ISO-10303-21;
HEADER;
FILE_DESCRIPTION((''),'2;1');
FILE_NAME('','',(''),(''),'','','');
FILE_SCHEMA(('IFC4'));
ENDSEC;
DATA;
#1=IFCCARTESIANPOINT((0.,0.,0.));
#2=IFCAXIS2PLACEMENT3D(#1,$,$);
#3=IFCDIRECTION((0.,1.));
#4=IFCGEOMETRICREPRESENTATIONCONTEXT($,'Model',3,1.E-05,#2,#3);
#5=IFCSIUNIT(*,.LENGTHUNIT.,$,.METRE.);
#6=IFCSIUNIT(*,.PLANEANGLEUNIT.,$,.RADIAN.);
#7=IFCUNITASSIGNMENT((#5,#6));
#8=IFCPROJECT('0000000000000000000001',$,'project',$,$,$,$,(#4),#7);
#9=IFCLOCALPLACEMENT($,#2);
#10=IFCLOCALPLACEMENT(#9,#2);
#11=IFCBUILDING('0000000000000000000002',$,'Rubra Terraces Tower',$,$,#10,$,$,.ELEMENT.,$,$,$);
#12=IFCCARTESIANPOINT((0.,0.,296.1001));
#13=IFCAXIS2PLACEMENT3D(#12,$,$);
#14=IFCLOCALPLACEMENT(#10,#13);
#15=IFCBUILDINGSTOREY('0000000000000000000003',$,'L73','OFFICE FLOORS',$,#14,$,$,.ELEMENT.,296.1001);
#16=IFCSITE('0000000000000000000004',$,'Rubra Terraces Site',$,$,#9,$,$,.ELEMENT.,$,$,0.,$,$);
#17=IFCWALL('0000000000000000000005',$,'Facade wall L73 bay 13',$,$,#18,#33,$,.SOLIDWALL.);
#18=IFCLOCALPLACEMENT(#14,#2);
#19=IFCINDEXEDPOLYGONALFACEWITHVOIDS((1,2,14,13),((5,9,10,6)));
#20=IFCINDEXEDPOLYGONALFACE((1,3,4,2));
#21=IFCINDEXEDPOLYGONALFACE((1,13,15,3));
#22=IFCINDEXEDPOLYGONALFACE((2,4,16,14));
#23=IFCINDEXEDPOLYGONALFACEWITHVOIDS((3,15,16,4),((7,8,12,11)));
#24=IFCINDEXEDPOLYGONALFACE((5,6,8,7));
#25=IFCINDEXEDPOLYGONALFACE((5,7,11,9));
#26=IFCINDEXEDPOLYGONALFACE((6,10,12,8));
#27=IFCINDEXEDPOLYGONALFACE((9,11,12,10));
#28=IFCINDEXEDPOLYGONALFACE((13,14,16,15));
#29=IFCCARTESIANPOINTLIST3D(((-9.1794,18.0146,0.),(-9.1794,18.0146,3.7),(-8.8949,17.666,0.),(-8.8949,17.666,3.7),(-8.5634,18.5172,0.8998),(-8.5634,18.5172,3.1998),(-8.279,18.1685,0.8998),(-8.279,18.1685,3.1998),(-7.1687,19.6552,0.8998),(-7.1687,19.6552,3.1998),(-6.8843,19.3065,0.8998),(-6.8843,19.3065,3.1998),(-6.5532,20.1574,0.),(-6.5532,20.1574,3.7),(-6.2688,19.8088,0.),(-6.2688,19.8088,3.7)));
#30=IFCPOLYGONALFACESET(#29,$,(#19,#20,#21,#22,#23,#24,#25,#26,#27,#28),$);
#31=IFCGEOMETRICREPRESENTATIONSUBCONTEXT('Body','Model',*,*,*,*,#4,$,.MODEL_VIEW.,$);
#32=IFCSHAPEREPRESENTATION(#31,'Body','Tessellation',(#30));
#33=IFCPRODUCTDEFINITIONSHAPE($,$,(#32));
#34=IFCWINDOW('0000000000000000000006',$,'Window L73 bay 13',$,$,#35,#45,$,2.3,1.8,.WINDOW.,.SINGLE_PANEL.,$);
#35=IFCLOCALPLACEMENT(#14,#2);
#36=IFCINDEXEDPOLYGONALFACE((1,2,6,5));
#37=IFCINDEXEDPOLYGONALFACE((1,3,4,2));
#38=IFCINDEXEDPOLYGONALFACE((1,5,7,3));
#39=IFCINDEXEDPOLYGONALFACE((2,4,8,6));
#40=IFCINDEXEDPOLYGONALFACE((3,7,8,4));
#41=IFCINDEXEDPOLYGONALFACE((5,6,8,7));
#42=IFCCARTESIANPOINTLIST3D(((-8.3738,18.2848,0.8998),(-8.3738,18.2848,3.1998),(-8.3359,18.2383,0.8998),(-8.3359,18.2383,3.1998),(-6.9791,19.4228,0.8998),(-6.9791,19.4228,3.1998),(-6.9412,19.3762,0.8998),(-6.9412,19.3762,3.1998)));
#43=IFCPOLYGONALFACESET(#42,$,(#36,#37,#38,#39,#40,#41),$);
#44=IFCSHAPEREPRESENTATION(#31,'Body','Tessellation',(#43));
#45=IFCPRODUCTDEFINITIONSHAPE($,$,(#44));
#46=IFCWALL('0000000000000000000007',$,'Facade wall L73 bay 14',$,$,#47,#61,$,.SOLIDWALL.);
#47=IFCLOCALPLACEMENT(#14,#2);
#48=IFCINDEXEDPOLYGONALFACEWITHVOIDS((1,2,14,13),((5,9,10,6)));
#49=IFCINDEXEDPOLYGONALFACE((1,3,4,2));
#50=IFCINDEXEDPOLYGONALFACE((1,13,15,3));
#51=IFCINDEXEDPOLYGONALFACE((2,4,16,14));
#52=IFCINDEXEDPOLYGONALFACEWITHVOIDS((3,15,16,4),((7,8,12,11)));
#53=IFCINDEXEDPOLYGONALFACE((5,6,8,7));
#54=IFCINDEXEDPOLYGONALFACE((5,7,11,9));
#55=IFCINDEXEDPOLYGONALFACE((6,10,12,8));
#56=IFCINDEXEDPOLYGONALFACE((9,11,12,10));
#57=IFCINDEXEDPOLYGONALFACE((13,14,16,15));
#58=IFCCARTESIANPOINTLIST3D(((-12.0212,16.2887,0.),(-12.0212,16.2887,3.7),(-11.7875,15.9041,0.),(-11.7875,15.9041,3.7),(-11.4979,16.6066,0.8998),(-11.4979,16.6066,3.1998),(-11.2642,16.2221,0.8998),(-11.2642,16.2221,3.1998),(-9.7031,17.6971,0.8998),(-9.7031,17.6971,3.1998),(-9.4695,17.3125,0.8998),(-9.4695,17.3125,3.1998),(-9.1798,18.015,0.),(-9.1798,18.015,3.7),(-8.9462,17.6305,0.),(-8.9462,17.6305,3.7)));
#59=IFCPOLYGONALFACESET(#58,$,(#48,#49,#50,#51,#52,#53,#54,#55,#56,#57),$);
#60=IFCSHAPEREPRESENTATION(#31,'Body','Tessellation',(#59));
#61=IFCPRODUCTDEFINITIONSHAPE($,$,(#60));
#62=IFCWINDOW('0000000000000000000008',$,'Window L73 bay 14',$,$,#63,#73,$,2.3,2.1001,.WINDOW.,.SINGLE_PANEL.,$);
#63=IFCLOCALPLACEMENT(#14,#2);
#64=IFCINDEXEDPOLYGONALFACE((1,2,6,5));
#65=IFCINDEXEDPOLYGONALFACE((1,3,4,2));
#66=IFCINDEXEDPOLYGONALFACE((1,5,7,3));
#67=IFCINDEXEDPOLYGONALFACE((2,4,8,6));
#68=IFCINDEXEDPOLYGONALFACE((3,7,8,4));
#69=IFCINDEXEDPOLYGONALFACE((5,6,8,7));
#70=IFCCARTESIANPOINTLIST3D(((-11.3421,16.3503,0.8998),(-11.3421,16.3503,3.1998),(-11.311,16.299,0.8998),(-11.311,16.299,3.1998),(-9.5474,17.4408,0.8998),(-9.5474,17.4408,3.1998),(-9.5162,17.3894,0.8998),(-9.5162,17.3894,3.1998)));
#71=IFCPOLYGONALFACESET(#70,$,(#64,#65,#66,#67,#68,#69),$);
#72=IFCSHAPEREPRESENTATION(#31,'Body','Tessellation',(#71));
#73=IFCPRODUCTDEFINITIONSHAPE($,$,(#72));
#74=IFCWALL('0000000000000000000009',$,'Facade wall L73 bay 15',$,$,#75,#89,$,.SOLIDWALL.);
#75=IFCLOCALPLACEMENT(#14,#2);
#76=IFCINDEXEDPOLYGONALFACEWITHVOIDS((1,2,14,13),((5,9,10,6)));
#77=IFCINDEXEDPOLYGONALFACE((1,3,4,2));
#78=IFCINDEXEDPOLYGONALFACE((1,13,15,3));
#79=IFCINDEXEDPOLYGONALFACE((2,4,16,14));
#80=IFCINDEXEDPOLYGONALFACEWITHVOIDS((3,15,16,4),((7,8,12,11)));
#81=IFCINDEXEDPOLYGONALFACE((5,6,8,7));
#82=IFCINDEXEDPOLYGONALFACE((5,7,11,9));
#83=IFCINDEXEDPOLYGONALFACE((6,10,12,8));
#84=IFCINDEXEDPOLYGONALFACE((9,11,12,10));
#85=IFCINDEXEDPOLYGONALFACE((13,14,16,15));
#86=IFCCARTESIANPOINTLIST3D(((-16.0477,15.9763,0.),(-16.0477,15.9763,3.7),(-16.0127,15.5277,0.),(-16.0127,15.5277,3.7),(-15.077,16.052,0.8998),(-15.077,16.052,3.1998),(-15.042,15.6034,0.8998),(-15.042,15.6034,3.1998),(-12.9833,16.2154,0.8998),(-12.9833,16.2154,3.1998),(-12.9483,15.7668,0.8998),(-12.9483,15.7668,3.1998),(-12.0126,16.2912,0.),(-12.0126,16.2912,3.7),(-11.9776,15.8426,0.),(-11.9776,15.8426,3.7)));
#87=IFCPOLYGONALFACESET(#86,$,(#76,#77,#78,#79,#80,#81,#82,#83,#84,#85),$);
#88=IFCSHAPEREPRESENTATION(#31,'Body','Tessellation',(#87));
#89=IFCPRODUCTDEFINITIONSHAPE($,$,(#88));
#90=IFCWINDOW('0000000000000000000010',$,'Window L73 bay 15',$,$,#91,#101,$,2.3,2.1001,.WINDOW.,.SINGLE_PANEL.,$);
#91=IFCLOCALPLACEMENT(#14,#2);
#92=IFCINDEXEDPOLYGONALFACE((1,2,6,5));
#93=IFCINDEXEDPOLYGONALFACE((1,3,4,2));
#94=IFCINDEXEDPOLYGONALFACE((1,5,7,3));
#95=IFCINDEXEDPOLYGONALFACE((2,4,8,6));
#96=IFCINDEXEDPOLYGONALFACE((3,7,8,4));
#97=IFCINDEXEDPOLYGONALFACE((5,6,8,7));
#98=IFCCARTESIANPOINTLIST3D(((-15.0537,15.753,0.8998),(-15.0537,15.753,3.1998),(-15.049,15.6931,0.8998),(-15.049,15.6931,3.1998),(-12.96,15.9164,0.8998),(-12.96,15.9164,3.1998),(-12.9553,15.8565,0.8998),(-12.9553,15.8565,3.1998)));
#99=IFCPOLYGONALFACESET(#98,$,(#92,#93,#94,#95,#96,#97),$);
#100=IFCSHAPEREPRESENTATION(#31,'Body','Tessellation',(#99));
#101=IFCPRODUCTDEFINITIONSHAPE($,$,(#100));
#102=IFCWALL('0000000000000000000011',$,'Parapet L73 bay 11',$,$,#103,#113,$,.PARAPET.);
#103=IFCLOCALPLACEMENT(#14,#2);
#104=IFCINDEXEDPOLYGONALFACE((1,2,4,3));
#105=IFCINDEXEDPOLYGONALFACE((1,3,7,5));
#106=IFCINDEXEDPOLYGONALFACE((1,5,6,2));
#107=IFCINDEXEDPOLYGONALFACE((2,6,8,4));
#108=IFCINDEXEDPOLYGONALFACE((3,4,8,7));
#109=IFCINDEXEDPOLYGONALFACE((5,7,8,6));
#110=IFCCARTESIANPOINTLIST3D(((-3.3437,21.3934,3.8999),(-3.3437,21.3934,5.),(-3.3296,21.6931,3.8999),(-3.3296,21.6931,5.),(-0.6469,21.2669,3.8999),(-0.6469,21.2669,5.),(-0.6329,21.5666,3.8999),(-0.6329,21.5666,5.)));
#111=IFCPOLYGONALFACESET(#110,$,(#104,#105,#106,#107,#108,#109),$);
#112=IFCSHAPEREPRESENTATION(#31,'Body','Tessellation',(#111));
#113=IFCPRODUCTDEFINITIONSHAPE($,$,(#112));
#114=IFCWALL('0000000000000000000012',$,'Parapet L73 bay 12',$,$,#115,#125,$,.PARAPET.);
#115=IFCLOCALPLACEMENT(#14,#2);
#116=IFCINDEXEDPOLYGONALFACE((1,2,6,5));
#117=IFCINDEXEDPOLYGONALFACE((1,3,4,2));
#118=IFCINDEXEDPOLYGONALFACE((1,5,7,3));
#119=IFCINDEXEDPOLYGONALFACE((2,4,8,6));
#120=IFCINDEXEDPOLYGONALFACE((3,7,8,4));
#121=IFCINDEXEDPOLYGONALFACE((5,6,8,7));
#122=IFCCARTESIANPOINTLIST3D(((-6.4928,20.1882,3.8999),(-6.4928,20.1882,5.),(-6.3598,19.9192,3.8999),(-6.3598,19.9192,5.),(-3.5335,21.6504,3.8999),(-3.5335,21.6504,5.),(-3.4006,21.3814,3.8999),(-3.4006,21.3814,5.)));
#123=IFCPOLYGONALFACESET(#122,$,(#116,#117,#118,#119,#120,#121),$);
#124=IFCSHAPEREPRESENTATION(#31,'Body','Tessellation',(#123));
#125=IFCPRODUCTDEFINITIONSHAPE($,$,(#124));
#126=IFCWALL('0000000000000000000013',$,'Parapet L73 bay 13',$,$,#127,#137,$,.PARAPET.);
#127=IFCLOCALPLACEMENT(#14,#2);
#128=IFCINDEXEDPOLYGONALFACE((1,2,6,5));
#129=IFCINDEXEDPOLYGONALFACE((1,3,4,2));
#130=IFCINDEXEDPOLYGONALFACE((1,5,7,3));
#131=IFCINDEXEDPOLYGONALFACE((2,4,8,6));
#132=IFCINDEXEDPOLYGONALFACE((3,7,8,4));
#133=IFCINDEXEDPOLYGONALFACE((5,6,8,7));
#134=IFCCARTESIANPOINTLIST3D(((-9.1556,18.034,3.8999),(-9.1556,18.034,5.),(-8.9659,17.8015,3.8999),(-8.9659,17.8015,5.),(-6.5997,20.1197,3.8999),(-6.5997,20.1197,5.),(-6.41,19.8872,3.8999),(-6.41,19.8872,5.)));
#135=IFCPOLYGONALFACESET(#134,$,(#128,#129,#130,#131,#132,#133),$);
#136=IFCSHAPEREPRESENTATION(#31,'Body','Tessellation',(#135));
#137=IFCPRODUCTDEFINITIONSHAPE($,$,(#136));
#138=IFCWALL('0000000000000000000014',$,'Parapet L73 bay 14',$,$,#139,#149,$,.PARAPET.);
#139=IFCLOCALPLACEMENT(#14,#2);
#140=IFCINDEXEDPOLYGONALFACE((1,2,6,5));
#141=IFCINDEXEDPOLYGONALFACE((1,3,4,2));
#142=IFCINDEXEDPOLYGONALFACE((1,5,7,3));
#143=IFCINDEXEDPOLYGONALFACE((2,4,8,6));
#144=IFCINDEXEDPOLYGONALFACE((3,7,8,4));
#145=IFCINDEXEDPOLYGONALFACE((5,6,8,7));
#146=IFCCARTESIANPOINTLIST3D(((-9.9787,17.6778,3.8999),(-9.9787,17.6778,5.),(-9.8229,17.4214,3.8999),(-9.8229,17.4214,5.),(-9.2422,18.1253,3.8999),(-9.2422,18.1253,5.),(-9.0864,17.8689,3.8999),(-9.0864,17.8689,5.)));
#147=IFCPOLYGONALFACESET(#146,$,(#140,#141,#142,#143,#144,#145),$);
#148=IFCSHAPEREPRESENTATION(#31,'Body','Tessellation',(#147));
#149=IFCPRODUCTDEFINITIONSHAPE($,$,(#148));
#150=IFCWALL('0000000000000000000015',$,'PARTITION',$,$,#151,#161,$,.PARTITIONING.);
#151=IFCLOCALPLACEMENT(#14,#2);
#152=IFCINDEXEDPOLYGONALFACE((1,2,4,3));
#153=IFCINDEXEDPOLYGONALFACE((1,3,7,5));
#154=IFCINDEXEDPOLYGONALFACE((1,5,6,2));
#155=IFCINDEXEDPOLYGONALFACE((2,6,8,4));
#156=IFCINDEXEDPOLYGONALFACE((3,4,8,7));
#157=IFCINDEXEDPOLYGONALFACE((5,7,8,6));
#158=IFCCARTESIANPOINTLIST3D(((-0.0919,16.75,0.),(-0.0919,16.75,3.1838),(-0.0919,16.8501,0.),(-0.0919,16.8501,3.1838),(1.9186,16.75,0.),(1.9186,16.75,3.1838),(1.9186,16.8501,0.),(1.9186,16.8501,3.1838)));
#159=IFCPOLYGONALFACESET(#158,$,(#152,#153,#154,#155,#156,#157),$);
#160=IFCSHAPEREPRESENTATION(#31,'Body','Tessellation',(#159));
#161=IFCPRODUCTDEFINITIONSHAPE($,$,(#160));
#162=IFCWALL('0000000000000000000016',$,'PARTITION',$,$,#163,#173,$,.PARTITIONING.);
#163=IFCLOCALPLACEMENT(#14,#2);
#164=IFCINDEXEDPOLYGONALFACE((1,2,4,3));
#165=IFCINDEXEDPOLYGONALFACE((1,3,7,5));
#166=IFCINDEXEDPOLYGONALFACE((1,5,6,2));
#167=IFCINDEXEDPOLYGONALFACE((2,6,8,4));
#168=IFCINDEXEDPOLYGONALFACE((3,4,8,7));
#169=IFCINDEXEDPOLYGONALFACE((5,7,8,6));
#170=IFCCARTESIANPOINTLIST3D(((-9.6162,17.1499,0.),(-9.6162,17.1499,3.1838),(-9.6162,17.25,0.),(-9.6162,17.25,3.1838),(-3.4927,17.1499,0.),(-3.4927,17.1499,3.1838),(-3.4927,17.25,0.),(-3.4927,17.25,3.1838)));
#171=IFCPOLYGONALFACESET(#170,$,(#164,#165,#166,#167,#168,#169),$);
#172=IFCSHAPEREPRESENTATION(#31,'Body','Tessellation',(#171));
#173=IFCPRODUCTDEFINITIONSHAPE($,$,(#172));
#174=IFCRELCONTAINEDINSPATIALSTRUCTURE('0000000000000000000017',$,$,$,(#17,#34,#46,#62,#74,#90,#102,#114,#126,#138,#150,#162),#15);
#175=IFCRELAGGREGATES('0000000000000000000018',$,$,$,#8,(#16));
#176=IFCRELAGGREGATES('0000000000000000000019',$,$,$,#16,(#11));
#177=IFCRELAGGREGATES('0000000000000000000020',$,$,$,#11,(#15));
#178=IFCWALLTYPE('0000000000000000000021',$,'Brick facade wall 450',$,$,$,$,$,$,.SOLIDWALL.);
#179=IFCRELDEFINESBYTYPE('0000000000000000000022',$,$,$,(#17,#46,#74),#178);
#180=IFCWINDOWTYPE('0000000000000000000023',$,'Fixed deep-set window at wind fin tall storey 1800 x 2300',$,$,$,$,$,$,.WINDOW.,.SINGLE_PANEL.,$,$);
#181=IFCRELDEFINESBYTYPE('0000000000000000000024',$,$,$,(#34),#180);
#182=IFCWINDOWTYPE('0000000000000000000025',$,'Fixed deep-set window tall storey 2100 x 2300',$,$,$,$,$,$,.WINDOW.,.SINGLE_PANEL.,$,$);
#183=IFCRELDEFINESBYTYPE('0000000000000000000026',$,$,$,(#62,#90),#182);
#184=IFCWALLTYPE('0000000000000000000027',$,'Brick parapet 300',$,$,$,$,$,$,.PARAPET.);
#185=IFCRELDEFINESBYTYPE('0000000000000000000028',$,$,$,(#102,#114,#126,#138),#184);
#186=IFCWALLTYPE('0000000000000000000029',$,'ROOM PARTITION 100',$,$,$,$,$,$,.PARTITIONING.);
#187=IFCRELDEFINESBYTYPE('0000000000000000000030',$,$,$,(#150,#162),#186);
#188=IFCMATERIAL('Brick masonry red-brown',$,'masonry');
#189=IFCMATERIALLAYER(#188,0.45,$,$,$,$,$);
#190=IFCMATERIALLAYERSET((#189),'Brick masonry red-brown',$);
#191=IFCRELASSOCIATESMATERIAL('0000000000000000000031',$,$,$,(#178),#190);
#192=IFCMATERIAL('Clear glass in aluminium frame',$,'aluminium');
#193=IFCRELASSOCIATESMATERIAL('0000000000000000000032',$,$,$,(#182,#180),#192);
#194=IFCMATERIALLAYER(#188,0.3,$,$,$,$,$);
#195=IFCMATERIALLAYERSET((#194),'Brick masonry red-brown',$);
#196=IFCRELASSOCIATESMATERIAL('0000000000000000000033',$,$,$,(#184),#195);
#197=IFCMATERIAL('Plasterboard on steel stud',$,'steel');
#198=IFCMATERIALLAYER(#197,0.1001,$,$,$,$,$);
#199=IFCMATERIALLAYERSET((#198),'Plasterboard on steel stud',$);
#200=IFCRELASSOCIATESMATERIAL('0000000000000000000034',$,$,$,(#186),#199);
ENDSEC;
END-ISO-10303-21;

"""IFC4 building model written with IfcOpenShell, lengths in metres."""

from ifc_helpers import new_model, si_unit, direction, frame, frame_2d, origin, place, context, subcontext, project, spatial, rectangle, extrude, material, layer, layer_set, type_object, element, fill, save


model = new_model("IFC4")

# Units and contexts
model_context = context("Model", 3, precision=1e-05, world=origin(), true_north=direction((0.0, 1.0)))
body_context = subcontext(model_context, "Body", "Model", "MODEL_VIEW")
ifc_project = project(units=[si_unit("LENGTHUNIT", "METRE"), si_unit("PLANEANGLEUNIT", "RADIAN")], contexts=[model_context])

# Site, building, storey
site_placement = place(None, origin())
site = spatial("IfcSite", under=ifc_project, at=site_placement, Name="Rubra Terraces Site", CompositionType="ELEMENT", RefElevation=0.0)
building_placement = place(site_placement, origin())
building = spatial("IfcBuilding", under=site, at=building_placement, Name="Rubra Terraces Tower", CompositionType="ELEMENT")
storey_placement = place(building_placement, frame((0.0, 0.0, 296.1001)))
storey = spatial("IfcBuildingStorey", under=building, at=storey_placement, Name="L73", Description="OFFICE FLOORS", CompositionType="ELEMENT", Elevation=296.1001)

# Walls, openings, windows
ifc_material_1 = material(Name="Brick masonry red-brown", Category="masonry")
ifc_layer_1 = layer(ifc_material_1, 0.45)
ifc_layer_set_1 = layer_set([ifc_layer_1], Name="Brick masonry red-brown")
wall_type_1 = type_object("IfcWallType", Name="Brick facade wall 450", PredefinedType="SOLIDWALL", material=ifc_layer_set_1)
ifc_material_2 = material(Name="Clear glass in aluminium frame", Category="aluminium")
window_type_1 = type_object("IfcWindowType", Name="Fixed deep-set window tall storey 2100 x 2300", PartitioningType="SINGLE_PANEL", PredefinedType="WINDOW", material=ifc_material_2)
wall_1_placement = place(storey_placement, frame((-6.4109, 19.9832, 0.0), z_axis=(0.0, 0.0, 1.0), x_axis=(-0.77481, -0.632194, 0.0)))
wall_1 = element("IfcWall", 1, at=wall_1_placement, inside=storey, type_object=wall_type_1, Name="Facade wall L73 bay 13", PredefinedType="SOLIDWALL", context=body_context, shape_type="SweptSolid", body=[
    extrude(rectangle(XDim=3.3894, YDim=0.45, at=frame_2d((1.6948, 0.0))), origin(), (0.0, 0.0, 1.0), 3.7),
])
opening_1_placement = place(wall_1_placement, frame((0.7947, 0.0, 0.8999)))
opening_1 = element("IfcOpeningElement", 2, at=opening_1_placement, cuts=wall_1, PredefinedType="OPENING", context=body_context, shape_type="SweptSolid", body=[
    extrude(rectangle(XDim=1.8, YDim=2.3, at=frame_2d((0.8999, 1.1499))), frame((0.0, 0.2349, 0.0), z_axis=(0.0, -1.0, 0.0), x_axis=(1.0, 0.0, 0.0)), (0.0, 0.0, 1.0), 0.47),
])
window_type_2 = type_object("IfcWindowType", Name="Fixed deep-set window at wind fin tall storey 1800 x 2300", PartitioningType="SINGLE_PANEL", PredefinedType="WINDOW", material=ifc_material_2)
window_1_placement = place(opening_1_placement, origin())
window_1 = element("IfcWindow", 3, at=window_1_placement, inside=storey, type_object=window_type_2, Name="Window L73 bay 13", OverallHeight=2.3, OverallWidth=1.8, PartitioningType="SINGLE_PANEL", PredefinedType="WINDOW", context=body_context, shape_type="SweptSolid", body=[
    extrude(rectangle(XDim=1.8, YDim=2.3, at=frame_2d((0.8999, 1.1499))), frame((0.0, 0.135, 0.0), z_axis=(0.0, -1.0, 0.0), x_axis=(1.0, 0.0, 0.0)), (0.0, 0.0, 1.0), 0.0601),
])
fill(opening_1, window_1)
wall_2_placement = place(storey_placement, frame((-9.063, 17.8228, 0.0), z_axis=(0.0, 0.0, 1.0), x_axis=(-0.854622, -0.51925, 0.0)))
wall_2 = element("IfcWall", 4, at=wall_2_placement, inside=storey, type_object=wall_type_1, Name="Facade wall L73 bay 14", PredefinedType="SOLIDWALL", context=body_context, shape_type="SweptSolid", body=[
    extrude(rectangle(XDim=3.3247, YDim=0.45, at=frame_2d((1.6624, 0.0))), origin(), (0.0, 0.0, 1.0), 3.7),
])
opening_2_placement = place(wall_2_placement, frame((0.6123, 0.0, 0.8999)))
opening_2 = element("IfcOpeningElement", 5, at=opening_2_placement, cuts=wall_2, PredefinedType="OPENING", context=body_context, shape_type="SweptSolid", body=[
    extrude(rectangle(XDim=2.1001, YDim=2.3, at=frame_2d((1.05, 1.1499))), frame((0.0, 0.2349, 0.0), z_axis=(0.0, -1.0, 0.0), x_axis=(1.0, 0.0, 0.0)), (0.0, 0.0, 1.0), 0.47),
])
window_2_placement = place(opening_2_placement, origin())
window_2 = element("IfcWindow", 6, at=window_2_placement, inside=storey, type_object=window_type_1, Name="Window L73 bay 14", OverallHeight=2.3, OverallWidth=2.1001, PartitioningType="SINGLE_PANEL", PredefinedType="WINDOW", context=body_context, shape_type="SweptSolid", body=[
    extrude(rectangle(XDim=2.1001, YDim=2.3, at=frame_2d((1.05, 1.1499))), frame((0.0, 0.135, 0.0), z_axis=(0.0, -1.0, 0.0), x_axis=(1.0, 0.0, 0.0)), (0.0, 0.0, 1.0), 0.0601),
])
fill(opening_2, window_2)
wall_3_placement = place(storey_placement, frame((-11.9951, 16.0669, 0.0), z_axis=(0.0, 0.0, 1.0), x_axis=(-0.996968, -0.077813, 0.0)))
wall_3 = element("IfcWall", 7, at=wall_3_placement, inside=storey, type_object=wall_type_1, Name="Facade wall L73 bay 15", PredefinedType="SOLIDWALL", context=body_context, shape_type="SweptSolid", body=[
    extrude(rectangle(XDim=4.0474, YDim=0.45, at=frame_2d((2.0237, 0.0))), origin(), (0.0, 0.0, 1.0), 3.7),
])
opening_3_placement = place(wall_3_placement, frame((0.9736, 0.0, 0.8999)))
opening_3 = element("IfcOpeningElement", 8, at=opening_3_placement, cuts=wall_3, PredefinedType="OPENING", context=body_context, shape_type="SweptSolid", body=[
    extrude(rectangle(XDim=2.1001, YDim=2.3, at=frame_2d((1.05, 1.1499))), frame((0.0, 0.2349, 0.0), z_axis=(0.0, -1.0, 0.0), x_axis=(1.0, 0.0, 0.0)), (0.0, 0.0, 1.0), 0.47),
])
window_3_placement = place(opening_3_placement, origin())
window_3 = element("IfcWindow", 9, at=window_3_placement, inside=storey, type_object=window_type_1, Name="Window L73 bay 15", OverallHeight=2.3, OverallWidth=2.1001, PartitioningType="SINGLE_PANEL", PredefinedType="WINDOW", context=body_context, shape_type="SweptSolid", body=[
    extrude(rectangle(XDim=2.1001, YDim=2.3, at=frame_2d((1.05, 1.1499))), frame((0.0, 0.135, 0.0), z_axis=(0.0, -1.0, 0.0), x_axis=(1.0, 0.0, 0.0)), (0.0, 0.0, 1.0), 0.0601),
])
fill(opening_3, window_3)

# Walls
ifc_layer_2 = layer(ifc_material_1, 0.3)
ifc_layer_set_2 = layer_set([ifc_layer_2], Name="Brick masonry red-brown")
wall_type_2 = type_object("IfcWallType", Name="Brick parapet 300", PredefinedType="PARAPET", material=ifc_layer_set_2)
wall_4_placement = place(storey_placement, frame((-0.6399, 21.4167, 3.8999), z_axis=(0.0, 0.0, 1.0), x_axis=(-0.998902, 0.046843, 0.0)))
element("IfcWall", 10, at=wall_4_placement, inside=storey, type_object=wall_type_2, Name="Parapet L73 bay 11", PredefinedType="PARAPET", context=body_context, shape_type="SweptSolid", body=[
    extrude(rectangle(XDim=2.6997, YDim=0.3, at=frame_2d((1.3499, 0.0))), origin(), (0.0, 0.0, 1.0), 1.1001),
])
wall_5_placement = place(storey_placement, frame((-3.467, 21.5159, 3.8999), z_axis=(0.0, 0.0, 1.0), x_axis=(-0.896533, -0.442978, 0.0)))
element("IfcWall", 11, at=wall_5_placement, inside=storey, type_object=wall_type_2, Name="Parapet L73 bay 12", PredefinedType="PARAPET", context=body_context, shape_type="SweptSolid", body=[
    extrude(rectangle(XDim=3.3008, YDim=0.3, at=frame_2d((1.6504, 0.0))), origin(), (0.0, 0.0, 1.0), 1.1001),
])
wall_6_placement = place(storey_placement, frame((-6.5049, 20.0034, 3.8999), z_axis=(0.0, 0.0, 1.0), x_axis=(-0.774774, -0.632238, 0.0)))
element("IfcWall", 12, at=wall_6_placement, inside=storey, type_object=wall_type_2, Name="Parapet L73 bay 13", PredefinedType="PARAPET", context=body_context, shape_type="SweptSolid", body=[
    extrude(rectangle(XDim=3.2988, YDim=0.3, at=frame_2d((1.6494, 0.0))), origin(), (0.0, 0.0, 1.0), 1.1001),
])
wall_7_placement = place(storey_placement, frame((-9.1643, 17.9971, 3.8999), z_axis=(0.0, 0.0, 1.0), x_axis=(-0.85463, -0.519237, 0.0)))
element("IfcWall", 13, at=wall_7_placement, inside=storey, type_object=wall_type_2, Name="Parapet L73 bay 14", PredefinedType="PARAPET", context=body_context, shape_type="SweptSolid", body=[
    extrude(rectangle(XDim=0.8618, YDim=0.3, at=frame_2d((0.4309, 0.0))), origin(), (0.0, 0.0, 1.0), 1.1001),
])
ifc_material_3 = material(Name="Plasterboard on steel stud", Category="steel")
ifc_layer_3 = layer(ifc_material_3, 0.1001)
ifc_layer_set_3 = layer_set([ifc_layer_3], Name="Plasterboard on steel stud")
wall_type_3 = type_object("IfcWallType", Name="ROOM PARTITION 100", PredefinedType="PARTITIONING", material=ifc_layer_set_3)
wall_8_placement = place(storey_placement, frame((-0.092, 16.8, 0.0), z_axis=(0.0, 0.0, 1.0), x_axis=(1.0, 0.0, 0.0)))
element("IfcWall", 14, at=wall_8_placement, inside=storey, type_object=wall_type_3, Name="PARTITION", PredefinedType="PARTITIONING", context=body_context, shape_type="SweptSolid", body=[
    extrude(rectangle(XDim=2.0105, YDim=0.1001, at=frame_2d((1.0054, 0.0))), origin(), (0.0, 0.0, 1.0), 3.1838),
])
wall_9_placement = place(storey_placement, frame((-9.6162, 17.2, 0.0), z_axis=(0.0, 0.0, 1.0), x_axis=(1.0, 0.0, 0.0)))
element("IfcWall", 15, at=wall_9_placement, inside=storey, type_object=wall_type_3, Name="PARTITION", PredefinedType="PARTITIONING", context=body_context, shape_type="SweptSolid", body=[
    extrude(rectangle(XDim=6.1235, YDim=0.1001, at=frame_2d((3.0618, 0.0))), origin(), (0.0, 0.0, 1.0), 3.1838),
])

save(model, "model.ifc")
